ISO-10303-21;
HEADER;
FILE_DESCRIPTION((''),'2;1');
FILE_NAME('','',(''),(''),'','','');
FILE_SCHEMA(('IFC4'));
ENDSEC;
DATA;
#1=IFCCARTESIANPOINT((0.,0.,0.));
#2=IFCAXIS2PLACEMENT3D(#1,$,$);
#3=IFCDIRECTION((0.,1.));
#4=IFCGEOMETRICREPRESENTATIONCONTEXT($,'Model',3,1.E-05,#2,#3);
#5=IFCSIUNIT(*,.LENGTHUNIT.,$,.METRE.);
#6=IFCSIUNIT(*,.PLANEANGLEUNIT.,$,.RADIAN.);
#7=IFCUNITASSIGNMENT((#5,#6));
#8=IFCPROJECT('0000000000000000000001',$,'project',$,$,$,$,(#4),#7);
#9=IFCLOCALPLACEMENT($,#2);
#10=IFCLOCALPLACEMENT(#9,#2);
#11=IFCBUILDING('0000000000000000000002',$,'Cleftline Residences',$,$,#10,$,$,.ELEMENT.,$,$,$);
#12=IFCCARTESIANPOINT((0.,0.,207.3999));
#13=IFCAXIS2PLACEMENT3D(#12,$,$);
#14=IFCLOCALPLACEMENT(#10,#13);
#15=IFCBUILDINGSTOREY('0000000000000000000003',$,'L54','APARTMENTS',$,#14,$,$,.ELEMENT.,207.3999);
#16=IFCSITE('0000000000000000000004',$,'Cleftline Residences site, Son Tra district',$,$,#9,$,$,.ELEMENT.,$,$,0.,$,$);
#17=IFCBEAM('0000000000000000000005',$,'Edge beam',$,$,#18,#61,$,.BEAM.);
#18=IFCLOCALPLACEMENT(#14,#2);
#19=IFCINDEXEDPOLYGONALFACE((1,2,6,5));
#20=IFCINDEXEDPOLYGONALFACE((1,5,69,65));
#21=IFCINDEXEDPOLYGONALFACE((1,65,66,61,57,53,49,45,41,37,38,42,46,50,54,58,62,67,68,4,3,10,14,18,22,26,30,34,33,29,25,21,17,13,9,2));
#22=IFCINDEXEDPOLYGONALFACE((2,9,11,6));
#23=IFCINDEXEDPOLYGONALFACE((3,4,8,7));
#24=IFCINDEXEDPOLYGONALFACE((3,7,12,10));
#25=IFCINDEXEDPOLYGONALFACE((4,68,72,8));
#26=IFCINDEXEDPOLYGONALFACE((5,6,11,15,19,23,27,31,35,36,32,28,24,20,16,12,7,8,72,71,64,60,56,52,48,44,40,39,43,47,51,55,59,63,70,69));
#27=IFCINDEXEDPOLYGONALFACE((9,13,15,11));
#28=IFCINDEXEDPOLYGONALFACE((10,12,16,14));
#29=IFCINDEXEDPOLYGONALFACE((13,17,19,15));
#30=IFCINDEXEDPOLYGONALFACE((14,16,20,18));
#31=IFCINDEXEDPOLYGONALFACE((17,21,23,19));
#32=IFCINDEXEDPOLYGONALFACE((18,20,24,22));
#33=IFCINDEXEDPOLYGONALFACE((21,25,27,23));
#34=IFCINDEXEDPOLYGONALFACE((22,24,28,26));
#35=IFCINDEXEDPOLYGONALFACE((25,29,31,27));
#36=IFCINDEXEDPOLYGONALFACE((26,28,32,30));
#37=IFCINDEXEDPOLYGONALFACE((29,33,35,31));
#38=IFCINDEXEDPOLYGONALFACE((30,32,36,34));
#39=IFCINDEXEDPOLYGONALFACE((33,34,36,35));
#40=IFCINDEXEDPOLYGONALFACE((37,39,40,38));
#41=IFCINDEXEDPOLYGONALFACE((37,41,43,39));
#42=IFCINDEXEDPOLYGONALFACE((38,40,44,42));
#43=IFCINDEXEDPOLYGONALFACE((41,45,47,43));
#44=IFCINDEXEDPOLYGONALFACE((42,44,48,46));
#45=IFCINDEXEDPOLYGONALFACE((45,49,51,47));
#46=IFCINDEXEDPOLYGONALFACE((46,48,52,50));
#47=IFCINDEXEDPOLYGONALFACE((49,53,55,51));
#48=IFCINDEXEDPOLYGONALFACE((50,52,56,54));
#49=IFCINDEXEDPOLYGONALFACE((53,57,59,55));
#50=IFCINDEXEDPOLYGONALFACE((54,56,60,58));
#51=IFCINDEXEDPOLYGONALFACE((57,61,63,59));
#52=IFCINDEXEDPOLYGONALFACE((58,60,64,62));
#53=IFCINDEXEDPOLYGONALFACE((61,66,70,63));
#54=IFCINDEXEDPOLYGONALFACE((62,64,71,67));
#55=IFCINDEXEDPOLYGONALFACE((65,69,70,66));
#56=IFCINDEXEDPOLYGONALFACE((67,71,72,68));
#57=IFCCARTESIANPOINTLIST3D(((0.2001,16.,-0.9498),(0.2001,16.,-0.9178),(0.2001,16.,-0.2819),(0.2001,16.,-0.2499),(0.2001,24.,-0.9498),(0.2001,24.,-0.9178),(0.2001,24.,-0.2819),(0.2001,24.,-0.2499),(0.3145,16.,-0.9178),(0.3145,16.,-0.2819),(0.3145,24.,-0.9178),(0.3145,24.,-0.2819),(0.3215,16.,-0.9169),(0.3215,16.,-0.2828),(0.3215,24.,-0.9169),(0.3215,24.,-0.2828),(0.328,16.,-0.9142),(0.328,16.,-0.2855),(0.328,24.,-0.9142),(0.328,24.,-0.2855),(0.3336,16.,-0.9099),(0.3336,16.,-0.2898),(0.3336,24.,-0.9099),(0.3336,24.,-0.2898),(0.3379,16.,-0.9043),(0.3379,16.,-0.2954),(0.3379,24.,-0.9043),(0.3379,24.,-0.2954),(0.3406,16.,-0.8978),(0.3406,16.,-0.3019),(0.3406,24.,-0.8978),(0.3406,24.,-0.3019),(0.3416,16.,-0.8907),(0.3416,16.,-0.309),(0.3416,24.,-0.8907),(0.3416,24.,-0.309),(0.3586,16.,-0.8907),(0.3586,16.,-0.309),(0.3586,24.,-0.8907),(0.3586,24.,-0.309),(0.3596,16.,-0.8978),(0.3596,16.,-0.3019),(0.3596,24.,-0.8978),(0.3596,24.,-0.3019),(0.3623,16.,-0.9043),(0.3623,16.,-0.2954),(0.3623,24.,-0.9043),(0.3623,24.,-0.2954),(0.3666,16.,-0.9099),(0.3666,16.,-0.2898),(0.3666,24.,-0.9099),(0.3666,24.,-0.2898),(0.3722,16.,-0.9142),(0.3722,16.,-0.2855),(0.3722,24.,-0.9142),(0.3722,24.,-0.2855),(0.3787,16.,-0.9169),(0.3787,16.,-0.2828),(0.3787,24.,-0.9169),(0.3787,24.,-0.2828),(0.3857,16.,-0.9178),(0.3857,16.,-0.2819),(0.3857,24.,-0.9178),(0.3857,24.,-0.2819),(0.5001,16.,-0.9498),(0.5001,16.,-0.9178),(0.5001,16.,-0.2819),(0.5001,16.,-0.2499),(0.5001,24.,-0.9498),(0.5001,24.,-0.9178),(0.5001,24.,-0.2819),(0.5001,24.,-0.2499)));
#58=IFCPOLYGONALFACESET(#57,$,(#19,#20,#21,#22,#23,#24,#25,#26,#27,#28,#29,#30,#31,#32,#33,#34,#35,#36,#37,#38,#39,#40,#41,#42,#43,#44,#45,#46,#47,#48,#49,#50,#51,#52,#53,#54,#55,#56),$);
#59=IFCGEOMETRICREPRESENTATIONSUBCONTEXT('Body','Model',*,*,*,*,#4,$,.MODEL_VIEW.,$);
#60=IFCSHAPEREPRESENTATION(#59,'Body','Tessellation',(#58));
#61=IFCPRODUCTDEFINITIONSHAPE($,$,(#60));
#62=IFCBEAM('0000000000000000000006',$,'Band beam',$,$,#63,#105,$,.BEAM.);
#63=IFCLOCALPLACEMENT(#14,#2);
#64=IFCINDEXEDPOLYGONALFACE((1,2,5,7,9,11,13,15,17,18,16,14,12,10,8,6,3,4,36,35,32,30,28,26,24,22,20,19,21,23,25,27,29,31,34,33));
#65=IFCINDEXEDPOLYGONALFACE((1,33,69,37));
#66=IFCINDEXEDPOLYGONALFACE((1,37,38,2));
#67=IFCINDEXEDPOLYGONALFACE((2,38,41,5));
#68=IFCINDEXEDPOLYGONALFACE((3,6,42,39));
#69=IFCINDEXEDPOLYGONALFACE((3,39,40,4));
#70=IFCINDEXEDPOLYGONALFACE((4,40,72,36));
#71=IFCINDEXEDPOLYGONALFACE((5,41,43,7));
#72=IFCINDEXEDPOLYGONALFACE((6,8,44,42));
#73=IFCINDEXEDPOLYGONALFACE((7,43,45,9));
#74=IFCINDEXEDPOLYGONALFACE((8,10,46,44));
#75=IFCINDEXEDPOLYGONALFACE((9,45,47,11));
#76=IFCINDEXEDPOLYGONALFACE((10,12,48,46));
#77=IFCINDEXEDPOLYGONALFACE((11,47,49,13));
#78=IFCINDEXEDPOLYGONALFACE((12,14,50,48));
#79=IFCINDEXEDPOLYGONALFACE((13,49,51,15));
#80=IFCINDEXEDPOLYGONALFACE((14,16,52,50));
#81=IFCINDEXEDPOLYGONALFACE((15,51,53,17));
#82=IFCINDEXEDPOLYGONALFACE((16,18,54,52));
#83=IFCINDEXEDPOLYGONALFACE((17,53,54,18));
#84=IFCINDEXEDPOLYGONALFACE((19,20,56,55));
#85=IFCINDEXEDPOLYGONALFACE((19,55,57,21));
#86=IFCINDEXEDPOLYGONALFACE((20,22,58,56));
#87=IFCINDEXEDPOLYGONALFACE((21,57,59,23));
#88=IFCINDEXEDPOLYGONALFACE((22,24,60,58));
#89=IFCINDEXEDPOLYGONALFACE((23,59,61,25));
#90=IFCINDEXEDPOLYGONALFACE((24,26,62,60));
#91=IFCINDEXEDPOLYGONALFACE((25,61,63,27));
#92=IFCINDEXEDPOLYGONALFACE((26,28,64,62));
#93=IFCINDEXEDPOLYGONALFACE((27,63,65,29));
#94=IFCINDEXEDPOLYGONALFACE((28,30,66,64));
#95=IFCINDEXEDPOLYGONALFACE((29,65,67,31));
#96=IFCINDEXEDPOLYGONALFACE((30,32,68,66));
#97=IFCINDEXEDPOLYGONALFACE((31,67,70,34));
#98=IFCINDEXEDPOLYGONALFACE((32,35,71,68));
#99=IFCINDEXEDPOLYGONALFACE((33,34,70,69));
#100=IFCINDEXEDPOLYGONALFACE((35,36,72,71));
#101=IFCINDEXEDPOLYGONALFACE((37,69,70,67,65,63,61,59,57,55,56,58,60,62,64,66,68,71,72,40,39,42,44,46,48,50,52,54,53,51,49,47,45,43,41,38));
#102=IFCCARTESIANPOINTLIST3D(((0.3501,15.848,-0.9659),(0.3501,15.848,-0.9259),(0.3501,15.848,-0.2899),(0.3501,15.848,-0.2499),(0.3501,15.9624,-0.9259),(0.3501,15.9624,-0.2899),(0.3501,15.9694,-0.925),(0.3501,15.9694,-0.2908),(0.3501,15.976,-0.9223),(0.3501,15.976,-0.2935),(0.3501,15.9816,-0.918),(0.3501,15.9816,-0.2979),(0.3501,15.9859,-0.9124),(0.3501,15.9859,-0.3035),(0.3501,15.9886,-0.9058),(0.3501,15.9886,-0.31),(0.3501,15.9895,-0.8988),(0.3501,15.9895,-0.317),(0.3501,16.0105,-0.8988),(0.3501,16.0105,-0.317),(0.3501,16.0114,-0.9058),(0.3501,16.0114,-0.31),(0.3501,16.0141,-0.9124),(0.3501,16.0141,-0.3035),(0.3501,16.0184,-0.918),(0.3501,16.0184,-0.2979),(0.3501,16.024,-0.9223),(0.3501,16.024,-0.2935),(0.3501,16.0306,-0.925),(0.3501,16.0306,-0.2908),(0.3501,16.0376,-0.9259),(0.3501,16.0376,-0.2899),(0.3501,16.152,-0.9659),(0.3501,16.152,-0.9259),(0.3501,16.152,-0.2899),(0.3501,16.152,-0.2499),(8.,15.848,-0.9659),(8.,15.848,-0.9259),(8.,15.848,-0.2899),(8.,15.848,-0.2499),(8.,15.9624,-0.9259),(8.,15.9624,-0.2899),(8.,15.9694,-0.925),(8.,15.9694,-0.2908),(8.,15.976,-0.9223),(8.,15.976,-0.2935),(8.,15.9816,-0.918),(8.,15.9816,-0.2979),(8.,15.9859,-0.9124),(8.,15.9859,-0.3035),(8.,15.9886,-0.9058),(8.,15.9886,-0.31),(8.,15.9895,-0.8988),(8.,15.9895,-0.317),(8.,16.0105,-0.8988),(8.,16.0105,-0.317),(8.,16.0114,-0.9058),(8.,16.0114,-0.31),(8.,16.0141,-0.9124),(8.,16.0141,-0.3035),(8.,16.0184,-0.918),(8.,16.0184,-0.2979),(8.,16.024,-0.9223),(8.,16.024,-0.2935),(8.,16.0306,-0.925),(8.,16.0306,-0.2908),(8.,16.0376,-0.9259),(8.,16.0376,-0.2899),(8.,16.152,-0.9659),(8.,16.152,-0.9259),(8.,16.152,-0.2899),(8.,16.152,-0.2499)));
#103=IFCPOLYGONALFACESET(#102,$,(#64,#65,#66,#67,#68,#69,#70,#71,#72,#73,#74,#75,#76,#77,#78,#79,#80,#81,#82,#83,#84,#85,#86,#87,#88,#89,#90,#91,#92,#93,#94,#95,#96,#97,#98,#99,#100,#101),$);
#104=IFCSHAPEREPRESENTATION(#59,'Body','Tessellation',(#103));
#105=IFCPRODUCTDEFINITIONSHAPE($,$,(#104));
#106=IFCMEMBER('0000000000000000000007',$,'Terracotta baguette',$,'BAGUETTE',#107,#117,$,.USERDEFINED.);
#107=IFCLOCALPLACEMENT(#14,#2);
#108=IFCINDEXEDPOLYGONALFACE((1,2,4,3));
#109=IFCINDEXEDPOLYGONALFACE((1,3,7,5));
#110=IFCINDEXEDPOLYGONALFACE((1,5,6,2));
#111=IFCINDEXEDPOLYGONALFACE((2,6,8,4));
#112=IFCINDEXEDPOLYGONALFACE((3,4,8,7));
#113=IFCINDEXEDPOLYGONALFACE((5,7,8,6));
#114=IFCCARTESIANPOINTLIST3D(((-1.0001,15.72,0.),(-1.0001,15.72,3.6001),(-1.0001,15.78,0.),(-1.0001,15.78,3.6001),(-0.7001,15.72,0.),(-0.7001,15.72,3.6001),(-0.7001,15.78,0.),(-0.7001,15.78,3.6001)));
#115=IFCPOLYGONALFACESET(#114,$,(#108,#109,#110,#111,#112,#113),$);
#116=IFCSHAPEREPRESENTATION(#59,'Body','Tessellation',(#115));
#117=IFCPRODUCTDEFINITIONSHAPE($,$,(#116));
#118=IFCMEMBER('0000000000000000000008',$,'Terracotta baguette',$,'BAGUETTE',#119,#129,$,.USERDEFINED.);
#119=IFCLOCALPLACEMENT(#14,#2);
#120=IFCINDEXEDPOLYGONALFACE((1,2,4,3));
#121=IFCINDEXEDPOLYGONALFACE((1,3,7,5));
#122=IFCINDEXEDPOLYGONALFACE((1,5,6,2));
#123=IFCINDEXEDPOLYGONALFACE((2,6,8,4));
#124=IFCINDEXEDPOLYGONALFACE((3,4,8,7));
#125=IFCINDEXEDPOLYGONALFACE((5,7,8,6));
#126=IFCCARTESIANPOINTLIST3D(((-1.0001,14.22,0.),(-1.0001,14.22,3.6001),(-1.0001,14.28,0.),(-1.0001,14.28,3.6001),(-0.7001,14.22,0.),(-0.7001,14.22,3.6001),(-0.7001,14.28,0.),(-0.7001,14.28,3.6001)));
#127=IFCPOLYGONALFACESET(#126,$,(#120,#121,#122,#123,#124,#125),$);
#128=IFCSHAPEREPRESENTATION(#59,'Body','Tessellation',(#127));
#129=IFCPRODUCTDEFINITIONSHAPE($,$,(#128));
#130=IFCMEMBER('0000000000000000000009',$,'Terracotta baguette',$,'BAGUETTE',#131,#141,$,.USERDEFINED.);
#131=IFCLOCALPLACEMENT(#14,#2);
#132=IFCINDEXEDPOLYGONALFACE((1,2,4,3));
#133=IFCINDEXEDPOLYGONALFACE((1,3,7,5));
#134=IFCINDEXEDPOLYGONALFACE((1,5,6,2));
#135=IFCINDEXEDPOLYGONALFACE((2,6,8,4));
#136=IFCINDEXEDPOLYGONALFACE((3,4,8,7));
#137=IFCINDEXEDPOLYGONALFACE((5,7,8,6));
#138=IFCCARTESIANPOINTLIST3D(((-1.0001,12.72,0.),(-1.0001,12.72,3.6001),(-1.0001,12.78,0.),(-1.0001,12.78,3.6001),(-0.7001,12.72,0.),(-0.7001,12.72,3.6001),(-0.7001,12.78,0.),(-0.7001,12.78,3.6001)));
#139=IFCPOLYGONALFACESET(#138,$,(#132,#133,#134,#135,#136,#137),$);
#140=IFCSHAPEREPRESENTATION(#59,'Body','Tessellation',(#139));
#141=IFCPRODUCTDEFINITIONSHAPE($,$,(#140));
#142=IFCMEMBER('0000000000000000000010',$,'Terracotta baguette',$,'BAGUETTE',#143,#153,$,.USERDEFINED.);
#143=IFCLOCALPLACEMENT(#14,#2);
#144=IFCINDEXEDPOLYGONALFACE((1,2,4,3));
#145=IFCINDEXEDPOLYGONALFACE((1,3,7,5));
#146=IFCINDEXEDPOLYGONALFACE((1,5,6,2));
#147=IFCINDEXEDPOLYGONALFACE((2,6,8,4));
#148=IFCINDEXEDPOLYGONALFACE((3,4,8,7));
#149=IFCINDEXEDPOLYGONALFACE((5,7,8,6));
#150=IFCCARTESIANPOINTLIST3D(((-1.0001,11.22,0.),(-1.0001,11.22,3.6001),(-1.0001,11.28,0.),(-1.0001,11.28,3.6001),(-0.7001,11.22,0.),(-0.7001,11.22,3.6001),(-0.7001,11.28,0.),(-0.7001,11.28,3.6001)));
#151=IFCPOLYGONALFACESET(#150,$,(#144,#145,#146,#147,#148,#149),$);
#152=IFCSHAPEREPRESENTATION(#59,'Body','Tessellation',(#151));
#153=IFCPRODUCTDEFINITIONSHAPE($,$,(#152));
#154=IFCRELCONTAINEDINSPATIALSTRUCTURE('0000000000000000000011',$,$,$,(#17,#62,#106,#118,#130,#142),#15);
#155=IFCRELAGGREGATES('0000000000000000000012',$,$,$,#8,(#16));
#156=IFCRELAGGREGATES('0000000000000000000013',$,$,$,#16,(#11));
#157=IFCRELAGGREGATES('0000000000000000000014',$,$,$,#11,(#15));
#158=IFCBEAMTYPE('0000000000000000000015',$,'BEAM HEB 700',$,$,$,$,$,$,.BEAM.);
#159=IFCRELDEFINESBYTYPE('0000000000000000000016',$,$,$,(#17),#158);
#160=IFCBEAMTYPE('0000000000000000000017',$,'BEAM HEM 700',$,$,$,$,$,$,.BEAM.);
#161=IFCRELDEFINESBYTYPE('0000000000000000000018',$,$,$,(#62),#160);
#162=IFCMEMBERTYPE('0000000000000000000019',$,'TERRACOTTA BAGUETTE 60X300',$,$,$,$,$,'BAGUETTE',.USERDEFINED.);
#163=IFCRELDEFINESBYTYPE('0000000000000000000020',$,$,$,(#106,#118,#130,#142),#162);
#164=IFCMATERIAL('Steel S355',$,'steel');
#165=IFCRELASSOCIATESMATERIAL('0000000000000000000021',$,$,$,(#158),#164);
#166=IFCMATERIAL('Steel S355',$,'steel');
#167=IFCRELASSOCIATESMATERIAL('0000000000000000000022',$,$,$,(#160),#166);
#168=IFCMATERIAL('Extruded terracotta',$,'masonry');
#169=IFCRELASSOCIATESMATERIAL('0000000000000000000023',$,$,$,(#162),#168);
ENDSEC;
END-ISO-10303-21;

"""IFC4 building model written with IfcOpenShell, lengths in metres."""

from ifc_helpers import new_model, si_unit, direction, frame, origin, origin_2d, place, context, subcontext, project, spatial, rectangle, i_section, extrude, material, material_profile, profile_set, type_object, element, save


model = new_model("IFC4")

# Units and contexts
model_context = context("Model", 3, precision=1e-05, world=origin(), true_north=direction((0.0, 1.0)))
body_context = subcontext(model_context, "Body", "Model", "MODEL_VIEW")
ifc_project = project(units=[si_unit("LENGTHUNIT", "METRE"), si_unit("PLANEANGLEUNIT", "RADIAN")], contexts=[model_context])

# Site, building, storey
site_placement = place(None, origin())
site = spatial("IfcSite", under=ifc_project, at=site_placement, Name="Cleftline Residences site, Son Tra district", CompositionType="ELEMENT", RefElevation=0.0)
building_placement = place(site_placement, origin())
building = spatial("IfcBuilding", under=site, at=building_placement, Name="Cleftline Residences", CompositionType="ELEMENT")
storey_placement = place(building_placement, frame((0.0, 0.0, 207.3999)))
storey = spatial("IfcBuildingStorey", under=building, at=storey_placement, Name="L54", Description="APARTMENTS", CompositionType="ELEMENT", Elevation=207.3999)

# Beams
ifc_material_1 = material(Name="Steel S355", Category="steel")
ifc_material_profile_1 = material_profile(ifc_material_1, i_section(OverallWidth=0.3, OverallDepth=0.7, WebThickness=0.0171, FlangeThickness=0.032, FilletRadius=0.0271, at=origin_2d()))
ifc_profile_set_1 = profile_set([ifc_material_profile_1], Name="Steel S355")
beam_type_1 = type_object("IfcBeamType", Name="BEAM HEB 700", PredefinedType="BEAM", material=ifc_profile_set_1)
beam_1_placement = place(storey_placement, frame((0.3501, 16.0, -0.5999), z_axis=(0.0, 1.0, 0.0), x_axis=(-1.0, 0.0, 0.0)))
element("IfcBeam", 1, at=beam_1_placement, inside=storey, type_object=beam_type_1, Name="Edge beam", PredefinedType="BEAM", context=body_context, shape_type="SweptSolid", body=[
    extrude(i_section(OverallWidth=0.3, OverallDepth=0.7, WebThickness=0.0171, FlangeThickness=0.032, FilletRadius=0.0271, at=origin_2d()), origin(), (0.0, 0.0, 1.0), 8.0),
])
ifc_material_2 = material(Name="Steel S355", Category="steel")
ifc_material_profile_2 = material_profile(ifc_material_2, i_section(OverallWidth=0.304, OverallDepth=0.7161, WebThickness=0.021, FlangeThickness=0.04, FilletRadius=0.0271, at=origin_2d()))
ifc_profile_set_2 = profile_set([ifc_material_profile_2], Name="Steel S355")
beam_type_2 = type_object("IfcBeamType", Name="BEAM HEM 700", PredefinedType="BEAM", material=ifc_profile_set_2)
beam_2_placement = place(storey_placement, frame((0.3501, 16.0, -0.6079), z_axis=(1.0, 0.0, 0.0), x_axis=(0.0, 1.0, 0.0)))
element("IfcBeam", 2, at=beam_2_placement, inside=storey, type_object=beam_type_2, Name="Band beam", PredefinedType="BEAM", context=body_context, shape_type="SweptSolid", body=[
    extrude(i_section(OverallWidth=0.304, OverallDepth=0.7161, WebThickness=0.021, FlangeThickness=0.04, FilletRadius=0.0271, at=origin_2d()), origin(), (0.0, 0.0, 1.0), 7.6499),
])

# Members
ifc_material_3 = material(Name="Extruded terracotta", Category="masonry")
ifc_material_profile_3 = material_profile(ifc_material_3, rectangle(XDim=0.0601, YDim=0.3, at=origin_2d()))
ifc_profile_set_3 = profile_set([ifc_material_profile_3], Name="Extruded terracotta")
member_type_1 = type_object("IfcMemberType", Name="TERRACOTTA BAGUETTE 60X300", ElementType="BAGUETTE", PredefinedType="USERDEFINED", material=ifc_profile_set_3)
for number, where, z_axis, x_axis, name in (
    (3, (-0.8501, 15.75, 0.0), (0.0, 0.0, 1.0), (0.0, 1.0, 0.0), "Terracotta baguette"),
    (4, (-0.8501, 14.25, 0.0), (0.0, 0.0, 1.0), (0.0, 1.0, 0.0), "Terracotta baguette"),
    (5, (-0.8501, 12.75, 0.0), (0.0, 0.0, 1.0), (0.0, 1.0, 0.0), "Terracotta baguette"),
    (6, (-0.8501, 11.25, 0.0), (0.0, 0.0, 1.0), (0.0, 1.0, 0.0), "Terracotta baguette"),
):
    element("IfcMember", number, at=place(storey_placement, frame(where, z_axis=z_axis, x_axis=x_axis)), inside=storey, type_object=member_type_1, Name=name, ObjectType="BAGUETTE", PredefinedType="USERDEFINED", context=body_context, shape_type="SweptSolid", body=[
        extrude(rectangle(XDim=0.0601, YDim=0.3, at=origin_2d()), origin(), (0.0, 0.0, 1.0), 3.6001),
    ])

save(model, "model.ifc")
